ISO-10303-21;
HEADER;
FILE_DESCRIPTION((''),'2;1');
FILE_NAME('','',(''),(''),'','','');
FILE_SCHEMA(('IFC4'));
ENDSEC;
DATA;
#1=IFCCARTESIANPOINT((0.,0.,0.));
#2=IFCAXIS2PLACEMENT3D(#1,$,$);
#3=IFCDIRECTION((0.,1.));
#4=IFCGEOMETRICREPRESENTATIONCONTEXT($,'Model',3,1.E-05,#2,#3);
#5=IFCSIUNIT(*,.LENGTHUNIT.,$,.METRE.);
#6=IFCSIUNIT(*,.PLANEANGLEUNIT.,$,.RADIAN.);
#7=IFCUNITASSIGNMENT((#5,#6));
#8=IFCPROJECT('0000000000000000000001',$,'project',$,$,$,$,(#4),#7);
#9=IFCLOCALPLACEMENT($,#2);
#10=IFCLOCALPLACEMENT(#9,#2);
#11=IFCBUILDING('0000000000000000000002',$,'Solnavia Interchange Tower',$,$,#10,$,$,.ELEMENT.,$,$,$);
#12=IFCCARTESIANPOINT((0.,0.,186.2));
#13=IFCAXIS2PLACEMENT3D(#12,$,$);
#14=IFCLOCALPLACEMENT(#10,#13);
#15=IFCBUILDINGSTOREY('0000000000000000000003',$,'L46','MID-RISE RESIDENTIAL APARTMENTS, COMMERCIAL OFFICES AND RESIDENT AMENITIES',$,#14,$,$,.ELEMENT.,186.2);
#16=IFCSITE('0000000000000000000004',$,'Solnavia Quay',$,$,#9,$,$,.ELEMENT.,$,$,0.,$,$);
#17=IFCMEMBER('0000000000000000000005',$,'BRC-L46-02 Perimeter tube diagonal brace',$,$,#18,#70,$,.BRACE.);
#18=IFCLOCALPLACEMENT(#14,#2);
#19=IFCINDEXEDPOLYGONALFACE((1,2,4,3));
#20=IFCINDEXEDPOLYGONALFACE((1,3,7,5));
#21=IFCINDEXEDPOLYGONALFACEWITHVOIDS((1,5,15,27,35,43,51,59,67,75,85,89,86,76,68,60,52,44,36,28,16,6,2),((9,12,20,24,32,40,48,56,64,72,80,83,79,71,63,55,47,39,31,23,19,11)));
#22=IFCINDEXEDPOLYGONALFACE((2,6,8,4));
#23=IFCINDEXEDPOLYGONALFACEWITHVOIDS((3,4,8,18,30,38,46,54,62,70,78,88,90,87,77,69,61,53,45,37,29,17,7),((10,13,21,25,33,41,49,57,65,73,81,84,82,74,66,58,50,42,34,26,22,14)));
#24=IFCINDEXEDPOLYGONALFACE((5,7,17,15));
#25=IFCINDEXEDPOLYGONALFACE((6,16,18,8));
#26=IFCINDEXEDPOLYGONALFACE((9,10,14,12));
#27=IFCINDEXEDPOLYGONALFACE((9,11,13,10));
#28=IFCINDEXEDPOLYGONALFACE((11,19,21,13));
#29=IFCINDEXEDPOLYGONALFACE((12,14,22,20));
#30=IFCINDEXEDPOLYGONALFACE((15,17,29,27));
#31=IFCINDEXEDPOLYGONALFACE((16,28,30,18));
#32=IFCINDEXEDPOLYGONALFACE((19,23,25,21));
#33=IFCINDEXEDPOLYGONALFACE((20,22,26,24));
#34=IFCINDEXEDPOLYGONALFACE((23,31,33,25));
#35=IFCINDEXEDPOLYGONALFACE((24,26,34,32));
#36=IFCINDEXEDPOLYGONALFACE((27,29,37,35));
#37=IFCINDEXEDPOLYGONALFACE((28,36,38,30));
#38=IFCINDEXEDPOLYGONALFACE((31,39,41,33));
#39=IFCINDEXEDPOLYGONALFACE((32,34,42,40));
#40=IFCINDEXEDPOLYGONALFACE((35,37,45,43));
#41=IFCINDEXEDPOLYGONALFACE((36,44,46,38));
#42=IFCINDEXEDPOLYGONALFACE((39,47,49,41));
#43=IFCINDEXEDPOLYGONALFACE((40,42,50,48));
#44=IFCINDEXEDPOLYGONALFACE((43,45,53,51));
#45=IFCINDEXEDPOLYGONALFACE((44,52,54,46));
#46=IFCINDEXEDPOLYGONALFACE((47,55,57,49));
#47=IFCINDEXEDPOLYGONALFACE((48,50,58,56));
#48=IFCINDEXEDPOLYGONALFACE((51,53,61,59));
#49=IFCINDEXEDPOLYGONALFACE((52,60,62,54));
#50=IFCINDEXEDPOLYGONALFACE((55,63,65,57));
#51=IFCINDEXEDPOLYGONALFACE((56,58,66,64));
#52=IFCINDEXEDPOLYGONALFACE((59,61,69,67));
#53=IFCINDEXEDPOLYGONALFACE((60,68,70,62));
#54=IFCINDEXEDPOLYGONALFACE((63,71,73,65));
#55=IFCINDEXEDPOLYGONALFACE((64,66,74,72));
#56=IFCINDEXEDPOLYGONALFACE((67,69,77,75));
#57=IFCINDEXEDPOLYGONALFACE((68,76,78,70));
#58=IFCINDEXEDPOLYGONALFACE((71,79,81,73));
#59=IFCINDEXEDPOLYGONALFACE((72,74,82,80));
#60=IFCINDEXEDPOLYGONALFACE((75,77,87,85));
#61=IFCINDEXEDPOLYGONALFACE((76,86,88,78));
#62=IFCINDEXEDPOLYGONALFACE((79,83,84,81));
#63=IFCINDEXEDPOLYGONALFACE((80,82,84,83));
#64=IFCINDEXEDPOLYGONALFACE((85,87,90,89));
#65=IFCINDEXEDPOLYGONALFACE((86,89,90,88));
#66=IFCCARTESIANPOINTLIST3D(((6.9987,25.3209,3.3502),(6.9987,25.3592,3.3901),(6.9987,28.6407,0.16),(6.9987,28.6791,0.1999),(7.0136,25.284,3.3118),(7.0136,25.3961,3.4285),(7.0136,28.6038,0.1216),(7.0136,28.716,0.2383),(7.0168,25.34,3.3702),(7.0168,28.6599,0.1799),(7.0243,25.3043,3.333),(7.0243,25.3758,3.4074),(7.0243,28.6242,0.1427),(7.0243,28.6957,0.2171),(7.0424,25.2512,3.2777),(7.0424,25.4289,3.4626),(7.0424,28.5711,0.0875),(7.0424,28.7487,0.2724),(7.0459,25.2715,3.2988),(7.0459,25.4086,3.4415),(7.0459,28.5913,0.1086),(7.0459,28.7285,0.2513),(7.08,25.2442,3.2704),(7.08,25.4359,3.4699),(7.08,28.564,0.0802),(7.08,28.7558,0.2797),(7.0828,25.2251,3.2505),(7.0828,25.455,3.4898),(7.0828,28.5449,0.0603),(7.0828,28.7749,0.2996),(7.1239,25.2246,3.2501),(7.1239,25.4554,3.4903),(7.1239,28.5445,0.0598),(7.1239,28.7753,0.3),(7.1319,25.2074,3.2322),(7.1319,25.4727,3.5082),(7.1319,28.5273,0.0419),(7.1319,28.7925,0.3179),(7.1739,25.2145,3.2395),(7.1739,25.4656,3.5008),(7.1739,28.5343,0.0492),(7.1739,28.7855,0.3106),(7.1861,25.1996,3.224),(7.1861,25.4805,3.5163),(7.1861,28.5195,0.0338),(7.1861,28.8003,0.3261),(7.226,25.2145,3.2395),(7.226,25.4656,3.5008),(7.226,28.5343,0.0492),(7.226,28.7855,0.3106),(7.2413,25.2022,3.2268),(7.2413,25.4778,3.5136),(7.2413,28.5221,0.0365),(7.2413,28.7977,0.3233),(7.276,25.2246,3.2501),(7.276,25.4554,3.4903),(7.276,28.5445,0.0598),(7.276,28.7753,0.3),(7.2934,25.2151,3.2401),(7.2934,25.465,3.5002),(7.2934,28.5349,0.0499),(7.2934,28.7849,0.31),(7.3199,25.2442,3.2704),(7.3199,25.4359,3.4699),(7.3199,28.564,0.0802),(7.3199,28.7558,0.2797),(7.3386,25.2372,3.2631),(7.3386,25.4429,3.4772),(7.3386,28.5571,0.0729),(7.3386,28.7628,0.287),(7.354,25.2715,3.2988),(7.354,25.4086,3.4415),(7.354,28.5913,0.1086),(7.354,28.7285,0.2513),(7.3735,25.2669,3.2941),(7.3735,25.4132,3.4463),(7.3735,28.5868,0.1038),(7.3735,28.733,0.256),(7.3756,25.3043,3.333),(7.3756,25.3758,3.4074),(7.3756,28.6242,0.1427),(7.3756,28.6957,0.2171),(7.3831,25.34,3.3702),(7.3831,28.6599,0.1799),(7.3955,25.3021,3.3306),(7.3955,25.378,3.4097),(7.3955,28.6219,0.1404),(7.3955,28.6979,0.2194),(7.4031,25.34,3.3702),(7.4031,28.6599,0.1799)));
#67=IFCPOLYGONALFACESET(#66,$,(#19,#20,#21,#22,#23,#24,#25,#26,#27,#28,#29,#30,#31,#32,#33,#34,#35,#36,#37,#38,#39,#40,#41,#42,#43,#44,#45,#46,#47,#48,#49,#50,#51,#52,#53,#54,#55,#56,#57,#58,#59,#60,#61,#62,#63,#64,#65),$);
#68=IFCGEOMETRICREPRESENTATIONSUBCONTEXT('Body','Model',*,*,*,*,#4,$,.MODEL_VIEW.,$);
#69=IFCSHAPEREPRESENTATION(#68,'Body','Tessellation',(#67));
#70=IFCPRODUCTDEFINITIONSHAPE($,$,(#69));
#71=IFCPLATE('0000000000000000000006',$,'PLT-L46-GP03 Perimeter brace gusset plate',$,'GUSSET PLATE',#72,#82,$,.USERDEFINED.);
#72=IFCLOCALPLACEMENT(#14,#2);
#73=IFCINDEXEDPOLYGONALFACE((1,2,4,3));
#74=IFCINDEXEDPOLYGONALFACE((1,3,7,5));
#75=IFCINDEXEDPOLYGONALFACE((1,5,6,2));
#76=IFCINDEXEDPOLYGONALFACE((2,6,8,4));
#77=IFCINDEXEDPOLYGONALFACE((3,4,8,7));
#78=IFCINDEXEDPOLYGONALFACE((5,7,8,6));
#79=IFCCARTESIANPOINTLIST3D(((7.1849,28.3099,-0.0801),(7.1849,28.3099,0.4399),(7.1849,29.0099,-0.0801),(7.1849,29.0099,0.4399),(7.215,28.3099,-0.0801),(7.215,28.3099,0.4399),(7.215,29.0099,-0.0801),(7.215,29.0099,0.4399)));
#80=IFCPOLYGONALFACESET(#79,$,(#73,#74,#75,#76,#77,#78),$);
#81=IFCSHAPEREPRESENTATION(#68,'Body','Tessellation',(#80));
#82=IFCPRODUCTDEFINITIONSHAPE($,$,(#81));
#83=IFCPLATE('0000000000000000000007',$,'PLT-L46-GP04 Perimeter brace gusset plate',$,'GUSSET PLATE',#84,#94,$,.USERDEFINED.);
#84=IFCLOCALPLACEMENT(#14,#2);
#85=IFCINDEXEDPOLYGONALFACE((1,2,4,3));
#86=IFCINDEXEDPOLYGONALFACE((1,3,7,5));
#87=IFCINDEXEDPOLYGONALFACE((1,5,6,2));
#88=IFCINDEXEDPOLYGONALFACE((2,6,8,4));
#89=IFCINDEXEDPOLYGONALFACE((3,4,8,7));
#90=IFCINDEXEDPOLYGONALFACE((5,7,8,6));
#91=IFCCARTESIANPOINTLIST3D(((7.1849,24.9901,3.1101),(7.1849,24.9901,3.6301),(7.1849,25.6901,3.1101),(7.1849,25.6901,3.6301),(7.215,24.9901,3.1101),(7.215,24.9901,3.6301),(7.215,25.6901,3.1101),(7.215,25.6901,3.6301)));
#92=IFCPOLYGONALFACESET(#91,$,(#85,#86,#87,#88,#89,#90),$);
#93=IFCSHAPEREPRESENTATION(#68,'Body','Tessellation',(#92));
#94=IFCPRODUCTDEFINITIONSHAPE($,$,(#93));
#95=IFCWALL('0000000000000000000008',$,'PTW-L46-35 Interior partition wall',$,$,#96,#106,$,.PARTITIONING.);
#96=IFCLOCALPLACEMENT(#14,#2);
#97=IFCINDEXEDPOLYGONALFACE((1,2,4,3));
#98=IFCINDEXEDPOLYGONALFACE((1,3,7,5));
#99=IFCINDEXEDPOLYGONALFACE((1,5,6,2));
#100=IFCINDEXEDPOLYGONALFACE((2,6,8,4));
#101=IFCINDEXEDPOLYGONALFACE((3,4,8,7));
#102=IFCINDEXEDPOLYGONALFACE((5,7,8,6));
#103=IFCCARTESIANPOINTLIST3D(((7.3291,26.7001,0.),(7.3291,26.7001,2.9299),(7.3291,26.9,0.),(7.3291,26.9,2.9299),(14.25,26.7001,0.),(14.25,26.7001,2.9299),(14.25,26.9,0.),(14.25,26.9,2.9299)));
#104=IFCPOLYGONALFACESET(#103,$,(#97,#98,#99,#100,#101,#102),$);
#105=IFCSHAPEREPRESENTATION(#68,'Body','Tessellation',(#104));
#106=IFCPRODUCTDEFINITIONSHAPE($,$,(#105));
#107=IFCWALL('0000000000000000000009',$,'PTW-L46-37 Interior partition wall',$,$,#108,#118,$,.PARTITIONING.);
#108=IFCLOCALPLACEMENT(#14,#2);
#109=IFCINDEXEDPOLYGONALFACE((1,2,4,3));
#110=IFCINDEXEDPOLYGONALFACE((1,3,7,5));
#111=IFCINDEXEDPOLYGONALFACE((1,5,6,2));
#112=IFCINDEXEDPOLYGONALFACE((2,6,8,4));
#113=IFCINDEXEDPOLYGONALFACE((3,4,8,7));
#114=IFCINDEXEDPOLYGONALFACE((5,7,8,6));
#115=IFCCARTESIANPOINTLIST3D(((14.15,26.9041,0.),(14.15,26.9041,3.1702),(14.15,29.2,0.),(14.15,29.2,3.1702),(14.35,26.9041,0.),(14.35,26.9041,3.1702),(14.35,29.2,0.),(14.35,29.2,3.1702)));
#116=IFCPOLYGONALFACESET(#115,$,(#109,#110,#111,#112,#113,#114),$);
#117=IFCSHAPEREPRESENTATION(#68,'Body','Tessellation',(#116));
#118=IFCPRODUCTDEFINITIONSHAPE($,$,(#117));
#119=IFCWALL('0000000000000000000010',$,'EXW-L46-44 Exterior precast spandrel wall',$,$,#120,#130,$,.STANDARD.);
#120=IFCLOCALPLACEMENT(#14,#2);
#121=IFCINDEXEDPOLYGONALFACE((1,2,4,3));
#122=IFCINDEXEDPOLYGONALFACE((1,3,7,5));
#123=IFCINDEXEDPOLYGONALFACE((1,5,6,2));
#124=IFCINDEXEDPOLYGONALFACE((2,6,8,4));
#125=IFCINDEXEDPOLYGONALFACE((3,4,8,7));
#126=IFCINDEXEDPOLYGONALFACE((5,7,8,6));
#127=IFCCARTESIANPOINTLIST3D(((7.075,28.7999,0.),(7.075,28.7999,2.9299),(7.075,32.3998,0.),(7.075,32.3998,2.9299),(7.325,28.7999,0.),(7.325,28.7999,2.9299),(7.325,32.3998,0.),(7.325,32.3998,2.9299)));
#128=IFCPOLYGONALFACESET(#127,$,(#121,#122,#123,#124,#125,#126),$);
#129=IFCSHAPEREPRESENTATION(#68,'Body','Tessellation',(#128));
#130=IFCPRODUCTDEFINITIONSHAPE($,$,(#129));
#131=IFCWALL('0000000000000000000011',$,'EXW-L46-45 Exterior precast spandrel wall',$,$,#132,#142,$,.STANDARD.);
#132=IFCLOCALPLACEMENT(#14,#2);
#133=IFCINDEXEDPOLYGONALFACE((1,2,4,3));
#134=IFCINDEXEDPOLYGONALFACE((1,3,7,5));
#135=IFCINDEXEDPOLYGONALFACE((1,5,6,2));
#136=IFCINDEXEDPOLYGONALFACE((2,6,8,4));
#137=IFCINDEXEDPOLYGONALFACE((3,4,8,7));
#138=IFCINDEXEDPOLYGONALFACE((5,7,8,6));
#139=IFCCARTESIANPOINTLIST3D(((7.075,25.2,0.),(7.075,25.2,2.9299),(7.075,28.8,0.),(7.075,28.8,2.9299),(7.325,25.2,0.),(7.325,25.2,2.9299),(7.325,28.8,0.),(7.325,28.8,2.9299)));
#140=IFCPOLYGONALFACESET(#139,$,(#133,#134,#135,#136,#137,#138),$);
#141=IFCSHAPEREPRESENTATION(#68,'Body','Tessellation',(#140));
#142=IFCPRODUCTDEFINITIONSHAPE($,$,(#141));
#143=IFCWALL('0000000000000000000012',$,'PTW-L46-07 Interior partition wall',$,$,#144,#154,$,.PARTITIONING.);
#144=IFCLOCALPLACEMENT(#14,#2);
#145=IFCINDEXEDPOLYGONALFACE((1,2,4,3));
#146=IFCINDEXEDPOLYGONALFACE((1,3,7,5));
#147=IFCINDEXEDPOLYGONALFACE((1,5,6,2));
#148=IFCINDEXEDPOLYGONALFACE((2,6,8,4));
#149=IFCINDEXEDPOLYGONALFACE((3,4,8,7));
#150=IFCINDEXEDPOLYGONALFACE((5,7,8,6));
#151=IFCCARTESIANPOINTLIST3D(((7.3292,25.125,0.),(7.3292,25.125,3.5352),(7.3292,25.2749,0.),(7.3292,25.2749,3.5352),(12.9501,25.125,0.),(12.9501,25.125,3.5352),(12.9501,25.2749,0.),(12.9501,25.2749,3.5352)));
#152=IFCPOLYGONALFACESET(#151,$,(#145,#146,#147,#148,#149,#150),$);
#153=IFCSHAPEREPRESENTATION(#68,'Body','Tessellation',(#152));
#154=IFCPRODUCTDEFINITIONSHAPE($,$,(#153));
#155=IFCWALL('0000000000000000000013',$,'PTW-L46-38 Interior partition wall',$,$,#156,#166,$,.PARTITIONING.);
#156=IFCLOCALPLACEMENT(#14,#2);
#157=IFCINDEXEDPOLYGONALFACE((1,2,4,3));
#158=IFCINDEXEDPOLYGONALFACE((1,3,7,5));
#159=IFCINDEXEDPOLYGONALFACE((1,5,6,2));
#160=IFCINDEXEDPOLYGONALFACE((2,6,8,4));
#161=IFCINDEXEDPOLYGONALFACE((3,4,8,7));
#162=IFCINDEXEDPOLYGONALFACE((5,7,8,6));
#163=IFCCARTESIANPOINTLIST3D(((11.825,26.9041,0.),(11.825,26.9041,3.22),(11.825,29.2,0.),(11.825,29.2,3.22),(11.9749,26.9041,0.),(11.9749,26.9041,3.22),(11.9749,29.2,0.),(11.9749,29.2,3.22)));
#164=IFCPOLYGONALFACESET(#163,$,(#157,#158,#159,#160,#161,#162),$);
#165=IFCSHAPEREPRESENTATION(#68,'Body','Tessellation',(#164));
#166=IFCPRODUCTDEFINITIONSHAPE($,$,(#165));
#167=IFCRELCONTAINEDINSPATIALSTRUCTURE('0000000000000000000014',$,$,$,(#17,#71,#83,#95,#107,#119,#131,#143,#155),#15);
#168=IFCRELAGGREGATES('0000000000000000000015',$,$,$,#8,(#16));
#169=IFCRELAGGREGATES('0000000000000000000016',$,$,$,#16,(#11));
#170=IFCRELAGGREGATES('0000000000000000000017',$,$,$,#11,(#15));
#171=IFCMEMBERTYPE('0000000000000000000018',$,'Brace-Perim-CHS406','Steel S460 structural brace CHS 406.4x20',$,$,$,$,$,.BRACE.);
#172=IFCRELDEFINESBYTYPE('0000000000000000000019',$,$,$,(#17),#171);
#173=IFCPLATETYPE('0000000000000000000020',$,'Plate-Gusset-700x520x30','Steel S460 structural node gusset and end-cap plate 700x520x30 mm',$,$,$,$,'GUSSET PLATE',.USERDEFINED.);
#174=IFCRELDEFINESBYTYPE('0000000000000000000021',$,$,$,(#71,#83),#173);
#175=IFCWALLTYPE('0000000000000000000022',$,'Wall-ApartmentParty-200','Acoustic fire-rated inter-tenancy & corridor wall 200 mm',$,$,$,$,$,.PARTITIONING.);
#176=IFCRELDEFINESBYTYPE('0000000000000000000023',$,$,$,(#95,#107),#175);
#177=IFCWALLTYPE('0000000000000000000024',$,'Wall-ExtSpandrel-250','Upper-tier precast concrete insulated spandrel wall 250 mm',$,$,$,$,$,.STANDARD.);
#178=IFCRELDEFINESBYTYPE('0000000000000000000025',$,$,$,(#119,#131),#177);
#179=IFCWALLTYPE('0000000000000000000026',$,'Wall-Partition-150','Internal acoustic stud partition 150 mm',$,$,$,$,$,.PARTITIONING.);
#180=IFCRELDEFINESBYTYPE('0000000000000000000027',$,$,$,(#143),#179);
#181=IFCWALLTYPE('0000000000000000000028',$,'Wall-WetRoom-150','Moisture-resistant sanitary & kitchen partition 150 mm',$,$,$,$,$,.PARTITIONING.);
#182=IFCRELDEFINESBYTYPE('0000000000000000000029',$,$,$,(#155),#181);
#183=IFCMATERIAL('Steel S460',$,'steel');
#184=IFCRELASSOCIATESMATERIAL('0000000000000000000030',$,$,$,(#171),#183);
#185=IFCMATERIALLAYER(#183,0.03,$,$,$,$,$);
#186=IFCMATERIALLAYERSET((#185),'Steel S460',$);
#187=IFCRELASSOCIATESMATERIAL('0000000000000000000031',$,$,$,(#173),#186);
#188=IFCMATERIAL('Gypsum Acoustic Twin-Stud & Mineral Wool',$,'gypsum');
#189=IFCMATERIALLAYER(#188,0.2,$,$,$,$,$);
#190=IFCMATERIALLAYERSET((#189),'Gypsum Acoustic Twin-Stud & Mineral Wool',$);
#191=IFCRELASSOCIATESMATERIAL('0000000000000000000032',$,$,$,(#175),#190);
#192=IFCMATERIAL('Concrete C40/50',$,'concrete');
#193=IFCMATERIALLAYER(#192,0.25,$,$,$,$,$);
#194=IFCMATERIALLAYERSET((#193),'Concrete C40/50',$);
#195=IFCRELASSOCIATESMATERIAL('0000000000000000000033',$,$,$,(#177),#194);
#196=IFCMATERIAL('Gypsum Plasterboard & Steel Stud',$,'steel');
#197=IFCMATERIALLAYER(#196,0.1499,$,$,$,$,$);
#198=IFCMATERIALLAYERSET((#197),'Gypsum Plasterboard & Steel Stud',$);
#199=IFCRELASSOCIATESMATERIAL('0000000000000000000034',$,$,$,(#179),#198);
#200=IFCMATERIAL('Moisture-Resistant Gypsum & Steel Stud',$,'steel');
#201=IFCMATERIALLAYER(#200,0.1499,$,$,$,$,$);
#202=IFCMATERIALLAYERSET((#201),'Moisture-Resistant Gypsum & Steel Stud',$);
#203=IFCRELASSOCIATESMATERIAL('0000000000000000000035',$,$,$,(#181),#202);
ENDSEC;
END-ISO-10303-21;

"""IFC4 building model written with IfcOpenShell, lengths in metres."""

from ifc_helpers import new_model, si_unit, direction, frame, frame_2d, origin, origin_2d, place, context, subcontext, project, spatial, rectangle, hollow_circle, extrude, material, layer, layer_set, material_profile, profile_set, type_object, element, save


model = new_model("IFC4")

# Units and contexts
model_context = context("Model", 3, precision=1e-05, world=origin(), true_north=direction((0.0, 1.0)))
body_context = subcontext(model_context, "Body", "Model", "MODEL_VIEW")
ifc_project = project(units=[si_unit("LENGTHUNIT", "METRE"), si_unit("PLANEANGLEUNIT", "RADIAN")], contexts=[model_context])

# Site, building, storey
site_placement = place(None, origin())
site = spatial("IfcSite", under=ifc_project, at=site_placement, Name="Solnavia Quay", CompositionType="ELEMENT", RefElevation=0.0)
building_placement = place(site_placement, origin())
building = spatial("IfcBuilding", under=site, at=building_placement, Name="Solnavia Interchange Tower", CompositionType="ELEMENT")
storey_placement = place(building_placement, frame((0.0, 0.0, 186.2)))
storey = spatial("IfcBuildingStorey", under=building, at=storey_placement, Name="L46", Description="MID-RISE RESIDENTIAL APARTMENTS, COMMERCIAL OFFICES AND RESIDENT AMENITIES", CompositionType="ELEMENT", Elevation=186.2)

# Member
ifc_material_1 = material(Name="Steel S460", Category="steel")
ifc_material_profile_1 = material_profile(ifc_material_1, hollow_circle(Radius=0.2031, WallThickness=0.02, at=origin_2d()), Name="CHS 406.4x20")
ifc_profile_set_1 = profile_set([ifc_material_profile_1], Name="Steel S460")
member_type = type_object("IfcMemberType", Name="Brace-Perim-CHS406", Description="Steel S460 structural brace CHS 406.4x20", PredefinedType="BRACE", material=ifc_profile_set_1)
member_placement = place(storey_placement, frame((7.2, 28.6599, 0.1799), z_axis=(0.0, -0.721045, 0.692888), x_axis=(1.0, 0.0, 0.0)))
element("IfcMember", 1, at=member_placement, inside=storey, type_object=member_type, Name="BRC-L46-02 Perimeter tube diagonal brace", PredefinedType="BRACE", context=body_context, shape_type="SweptSolid", body=[
    extrude(hollow_circle(Radius=0.2031, WallThickness=0.02, at=origin_2d()), origin(), (0.0, 0.0, 1.0), 4.6042),
])

# Plates
ifc_layer_1 = layer(ifc_material_1, 0.03)
ifc_layer_set_1 = layer_set([ifc_layer_1], Name="Steel S460")
plate_type = type_object("IfcPlateType", Name="Plate-Gusset-700x520x30", Description="Steel S460 structural node gusset and end-cap plate 700x520x30 mm", ElementType="GUSSET PLATE", PredefinedType="USERDEFINED", material=ifc_layer_set_1)
for number, where, z_axis, x_axis, name in (
    (2, (7.2, 28.6599, -0.0801), (0.0, 0.0, 1.0), (0.0, -1.0, 0.0), "PLT-L46-GP03 Perimeter brace gusset plate"),
    (3, (7.2, 25.3401, 3.1101), (0.0, 0.0, 1.0), (0.0, -1.0, 0.0), "PLT-L46-GP04 Perimeter brace gusset plate"),
):
    element("IfcPlate", number, at=place(storey_placement, frame(where, z_axis=z_axis, x_axis=x_axis)), inside=storey, type_object=plate_type, Name=name, ObjectType="GUSSET PLATE", PredefinedType="USERDEFINED", context=body_context, shape_type="SweptSolid", body=[
        extrude(rectangle(XDim=0.7, YDim=0.03, at=origin_2d()), origin(), (0.0, 0.0, 1.0), 0.52),
    ])

# Walls
ifc_material_2 = material(Name="Gypsum Acoustic Twin-Stud & Mineral Wool", Category="gypsum")
ifc_layer_2 = layer(ifc_material_2, 0.2)
ifc_layer_set_2 = layer_set([ifc_layer_2], Name="Gypsum Acoustic Twin-Stud & Mineral Wool")
wall_type_1 = type_object("IfcWallType", Name="Wall-ApartmentParty-200", Description="Acoustic fire-rated inter-tenancy & corridor wall 200 mm", PredefinedType="PARTITIONING", material=ifc_layer_set_2)
wall_1_placement = place(storey_placement, frame((7.3291, 26.8, 0.0), z_axis=(0.0, 0.0, 1.0), x_axis=(1.0, 0.0, 0.0)))
element("IfcWall", 4, at=wall_1_placement, inside=storey, type_object=wall_type_1, Name="PTW-L46-35 Interior partition wall", PredefinedType="PARTITIONING", context=body_context, shape_type="SweptSolid", body=[
    extrude(rectangle(XDim=6.9209, YDim=0.2, at=frame_2d((3.4604, 0.0))), origin(), (0.0, 0.0, 1.0), 2.9299),
])
wall_2_placement = place(storey_placement, frame((14.25, 26.9041, 0.0), z_axis=(0.0, 0.0, 1.0), x_axis=(0.0, 1.0, 0.0)))
element("IfcWall", 5, at=wall_2_placement, inside=storey, type_object=wall_type_1, Name="PTW-L46-37 Interior partition wall", PredefinedType="PARTITIONING", context=body_context, shape_type="SweptSolid", body=[
    extrude(rectangle(XDim=2.2959, YDim=0.2, at=frame_2d((1.1479, 0.0))), origin(), (0.0, 0.0, 1.0), 3.1702),
])
ifc_material_3 = material(Name="Concrete C40/50", Category="concrete")
ifc_layer_3 = layer(ifc_material_3, 0.25)
ifc_layer_set_3 = layer_set([ifc_layer_3], Name="Concrete C40/50")
wall_type_2 = type_object("IfcWallType", Name="Wall-ExtSpandrel-250", Description="Upper-tier precast concrete insulated spandrel wall 250 mm", PredefinedType="STANDARD", material=ifc_layer_set_3)
wall_3_placement = place(storey_placement, frame((7.2, 28.8, 0.0), z_axis=(0.0, 0.0, 1.0), x_axis=(0.0, 1.0, 0.0)))
element("IfcWall", 6, at=wall_3_placement, inside=storey, type_object=wall_type_2, Name="EXW-L46-44 Exterior precast spandrel wall", PredefinedType="STANDARD", context=body_context, shape_type="SweptSolid", body=[
    extrude(rectangle(XDim=3.5999, YDim=0.25, at=frame_2d((1.7998, 0.0))), origin(), (0.0, 0.0, 1.0), 2.9299),
])
wall_4_placement = place(storey_placement, frame((7.2, 25.2, 0.0), z_axis=(0.0, 0.0, 1.0), x_axis=(0.0, 1.0, 0.0)))
element("IfcWall", 7, at=wall_4_placement, inside=storey, type_object=wall_type_2, Name="EXW-L46-45 Exterior precast spandrel wall", PredefinedType="STANDARD", context=body_context, shape_type="SweptSolid", body=[
    extrude(rectangle(XDim=3.6001, YDim=0.25, at=frame_2d((1.8, 0.0))), origin(), (0.0, 0.0, 1.0), 2.9299),
])
ifc_material_4 = material(Name="Gypsum Plasterboard & Steel Stud", Category="steel")
ifc_layer_4 = layer(ifc_material_4, 0.1499)
ifc_layer_set_4 = layer_set([ifc_layer_4], Name="Gypsum Plasterboard & Steel Stud")
wall_type_3 = type_object("IfcWallType", Name="Wall-Partition-150", Description="Internal acoustic stud partition 150 mm", PredefinedType="PARTITIONING", material=ifc_layer_set_4)
wall_5_placement = place(storey_placement, frame((7.3291, 25.2, 0.0), z_axis=(0.0, 0.0, 1.0), x_axis=(1.0, 0.0, 0.0)))
element("IfcWall", 8, at=wall_5_placement, inside=storey, type_object=wall_type_3, Name="PTW-L46-07 Interior partition wall", PredefinedType="PARTITIONING", context=body_context, shape_type="SweptSolid", body=[
    extrude(rectangle(XDim=5.6208, YDim=0.1499, at=frame_2d((2.8105, 0.0))), origin(), (0.0, 0.0, 1.0), 3.5352),
])
ifc_material_5 = material(Name="Moisture-Resistant Gypsum & Steel Stud", Category="steel")
ifc_layer_5 = layer(ifc_material_5, 0.1499)
ifc_layer_set_5 = layer_set([ifc_layer_5], Name="Moisture-Resistant Gypsum & Steel Stud")
wall_type_4 = type_object("IfcWallType", Name="Wall-WetRoom-150", Description="Moisture-resistant sanitary & kitchen partition 150 mm", PredefinedType="PARTITIONING", material=ifc_layer_set_5)
wall_6_placement = place(storey_placement, frame((11.8999, 26.9041, 0.0), z_axis=(0.0, 0.0, 1.0), x_axis=(0.0, 1.0, 0.0)))
element("IfcWall", 9, at=wall_6_placement, inside=storey, type_object=wall_type_4, Name="PTW-L46-38 Interior partition wall", PredefinedType="PARTITIONING", context=body_context, shape_type="SweptSolid", body=[
    extrude(rectangle(XDim=2.2959, YDim=0.1499, at=frame_2d((1.1479, 0.0))), origin(), (0.0, 0.0, 1.0), 3.22),
])

save(model, "model.ifc")
